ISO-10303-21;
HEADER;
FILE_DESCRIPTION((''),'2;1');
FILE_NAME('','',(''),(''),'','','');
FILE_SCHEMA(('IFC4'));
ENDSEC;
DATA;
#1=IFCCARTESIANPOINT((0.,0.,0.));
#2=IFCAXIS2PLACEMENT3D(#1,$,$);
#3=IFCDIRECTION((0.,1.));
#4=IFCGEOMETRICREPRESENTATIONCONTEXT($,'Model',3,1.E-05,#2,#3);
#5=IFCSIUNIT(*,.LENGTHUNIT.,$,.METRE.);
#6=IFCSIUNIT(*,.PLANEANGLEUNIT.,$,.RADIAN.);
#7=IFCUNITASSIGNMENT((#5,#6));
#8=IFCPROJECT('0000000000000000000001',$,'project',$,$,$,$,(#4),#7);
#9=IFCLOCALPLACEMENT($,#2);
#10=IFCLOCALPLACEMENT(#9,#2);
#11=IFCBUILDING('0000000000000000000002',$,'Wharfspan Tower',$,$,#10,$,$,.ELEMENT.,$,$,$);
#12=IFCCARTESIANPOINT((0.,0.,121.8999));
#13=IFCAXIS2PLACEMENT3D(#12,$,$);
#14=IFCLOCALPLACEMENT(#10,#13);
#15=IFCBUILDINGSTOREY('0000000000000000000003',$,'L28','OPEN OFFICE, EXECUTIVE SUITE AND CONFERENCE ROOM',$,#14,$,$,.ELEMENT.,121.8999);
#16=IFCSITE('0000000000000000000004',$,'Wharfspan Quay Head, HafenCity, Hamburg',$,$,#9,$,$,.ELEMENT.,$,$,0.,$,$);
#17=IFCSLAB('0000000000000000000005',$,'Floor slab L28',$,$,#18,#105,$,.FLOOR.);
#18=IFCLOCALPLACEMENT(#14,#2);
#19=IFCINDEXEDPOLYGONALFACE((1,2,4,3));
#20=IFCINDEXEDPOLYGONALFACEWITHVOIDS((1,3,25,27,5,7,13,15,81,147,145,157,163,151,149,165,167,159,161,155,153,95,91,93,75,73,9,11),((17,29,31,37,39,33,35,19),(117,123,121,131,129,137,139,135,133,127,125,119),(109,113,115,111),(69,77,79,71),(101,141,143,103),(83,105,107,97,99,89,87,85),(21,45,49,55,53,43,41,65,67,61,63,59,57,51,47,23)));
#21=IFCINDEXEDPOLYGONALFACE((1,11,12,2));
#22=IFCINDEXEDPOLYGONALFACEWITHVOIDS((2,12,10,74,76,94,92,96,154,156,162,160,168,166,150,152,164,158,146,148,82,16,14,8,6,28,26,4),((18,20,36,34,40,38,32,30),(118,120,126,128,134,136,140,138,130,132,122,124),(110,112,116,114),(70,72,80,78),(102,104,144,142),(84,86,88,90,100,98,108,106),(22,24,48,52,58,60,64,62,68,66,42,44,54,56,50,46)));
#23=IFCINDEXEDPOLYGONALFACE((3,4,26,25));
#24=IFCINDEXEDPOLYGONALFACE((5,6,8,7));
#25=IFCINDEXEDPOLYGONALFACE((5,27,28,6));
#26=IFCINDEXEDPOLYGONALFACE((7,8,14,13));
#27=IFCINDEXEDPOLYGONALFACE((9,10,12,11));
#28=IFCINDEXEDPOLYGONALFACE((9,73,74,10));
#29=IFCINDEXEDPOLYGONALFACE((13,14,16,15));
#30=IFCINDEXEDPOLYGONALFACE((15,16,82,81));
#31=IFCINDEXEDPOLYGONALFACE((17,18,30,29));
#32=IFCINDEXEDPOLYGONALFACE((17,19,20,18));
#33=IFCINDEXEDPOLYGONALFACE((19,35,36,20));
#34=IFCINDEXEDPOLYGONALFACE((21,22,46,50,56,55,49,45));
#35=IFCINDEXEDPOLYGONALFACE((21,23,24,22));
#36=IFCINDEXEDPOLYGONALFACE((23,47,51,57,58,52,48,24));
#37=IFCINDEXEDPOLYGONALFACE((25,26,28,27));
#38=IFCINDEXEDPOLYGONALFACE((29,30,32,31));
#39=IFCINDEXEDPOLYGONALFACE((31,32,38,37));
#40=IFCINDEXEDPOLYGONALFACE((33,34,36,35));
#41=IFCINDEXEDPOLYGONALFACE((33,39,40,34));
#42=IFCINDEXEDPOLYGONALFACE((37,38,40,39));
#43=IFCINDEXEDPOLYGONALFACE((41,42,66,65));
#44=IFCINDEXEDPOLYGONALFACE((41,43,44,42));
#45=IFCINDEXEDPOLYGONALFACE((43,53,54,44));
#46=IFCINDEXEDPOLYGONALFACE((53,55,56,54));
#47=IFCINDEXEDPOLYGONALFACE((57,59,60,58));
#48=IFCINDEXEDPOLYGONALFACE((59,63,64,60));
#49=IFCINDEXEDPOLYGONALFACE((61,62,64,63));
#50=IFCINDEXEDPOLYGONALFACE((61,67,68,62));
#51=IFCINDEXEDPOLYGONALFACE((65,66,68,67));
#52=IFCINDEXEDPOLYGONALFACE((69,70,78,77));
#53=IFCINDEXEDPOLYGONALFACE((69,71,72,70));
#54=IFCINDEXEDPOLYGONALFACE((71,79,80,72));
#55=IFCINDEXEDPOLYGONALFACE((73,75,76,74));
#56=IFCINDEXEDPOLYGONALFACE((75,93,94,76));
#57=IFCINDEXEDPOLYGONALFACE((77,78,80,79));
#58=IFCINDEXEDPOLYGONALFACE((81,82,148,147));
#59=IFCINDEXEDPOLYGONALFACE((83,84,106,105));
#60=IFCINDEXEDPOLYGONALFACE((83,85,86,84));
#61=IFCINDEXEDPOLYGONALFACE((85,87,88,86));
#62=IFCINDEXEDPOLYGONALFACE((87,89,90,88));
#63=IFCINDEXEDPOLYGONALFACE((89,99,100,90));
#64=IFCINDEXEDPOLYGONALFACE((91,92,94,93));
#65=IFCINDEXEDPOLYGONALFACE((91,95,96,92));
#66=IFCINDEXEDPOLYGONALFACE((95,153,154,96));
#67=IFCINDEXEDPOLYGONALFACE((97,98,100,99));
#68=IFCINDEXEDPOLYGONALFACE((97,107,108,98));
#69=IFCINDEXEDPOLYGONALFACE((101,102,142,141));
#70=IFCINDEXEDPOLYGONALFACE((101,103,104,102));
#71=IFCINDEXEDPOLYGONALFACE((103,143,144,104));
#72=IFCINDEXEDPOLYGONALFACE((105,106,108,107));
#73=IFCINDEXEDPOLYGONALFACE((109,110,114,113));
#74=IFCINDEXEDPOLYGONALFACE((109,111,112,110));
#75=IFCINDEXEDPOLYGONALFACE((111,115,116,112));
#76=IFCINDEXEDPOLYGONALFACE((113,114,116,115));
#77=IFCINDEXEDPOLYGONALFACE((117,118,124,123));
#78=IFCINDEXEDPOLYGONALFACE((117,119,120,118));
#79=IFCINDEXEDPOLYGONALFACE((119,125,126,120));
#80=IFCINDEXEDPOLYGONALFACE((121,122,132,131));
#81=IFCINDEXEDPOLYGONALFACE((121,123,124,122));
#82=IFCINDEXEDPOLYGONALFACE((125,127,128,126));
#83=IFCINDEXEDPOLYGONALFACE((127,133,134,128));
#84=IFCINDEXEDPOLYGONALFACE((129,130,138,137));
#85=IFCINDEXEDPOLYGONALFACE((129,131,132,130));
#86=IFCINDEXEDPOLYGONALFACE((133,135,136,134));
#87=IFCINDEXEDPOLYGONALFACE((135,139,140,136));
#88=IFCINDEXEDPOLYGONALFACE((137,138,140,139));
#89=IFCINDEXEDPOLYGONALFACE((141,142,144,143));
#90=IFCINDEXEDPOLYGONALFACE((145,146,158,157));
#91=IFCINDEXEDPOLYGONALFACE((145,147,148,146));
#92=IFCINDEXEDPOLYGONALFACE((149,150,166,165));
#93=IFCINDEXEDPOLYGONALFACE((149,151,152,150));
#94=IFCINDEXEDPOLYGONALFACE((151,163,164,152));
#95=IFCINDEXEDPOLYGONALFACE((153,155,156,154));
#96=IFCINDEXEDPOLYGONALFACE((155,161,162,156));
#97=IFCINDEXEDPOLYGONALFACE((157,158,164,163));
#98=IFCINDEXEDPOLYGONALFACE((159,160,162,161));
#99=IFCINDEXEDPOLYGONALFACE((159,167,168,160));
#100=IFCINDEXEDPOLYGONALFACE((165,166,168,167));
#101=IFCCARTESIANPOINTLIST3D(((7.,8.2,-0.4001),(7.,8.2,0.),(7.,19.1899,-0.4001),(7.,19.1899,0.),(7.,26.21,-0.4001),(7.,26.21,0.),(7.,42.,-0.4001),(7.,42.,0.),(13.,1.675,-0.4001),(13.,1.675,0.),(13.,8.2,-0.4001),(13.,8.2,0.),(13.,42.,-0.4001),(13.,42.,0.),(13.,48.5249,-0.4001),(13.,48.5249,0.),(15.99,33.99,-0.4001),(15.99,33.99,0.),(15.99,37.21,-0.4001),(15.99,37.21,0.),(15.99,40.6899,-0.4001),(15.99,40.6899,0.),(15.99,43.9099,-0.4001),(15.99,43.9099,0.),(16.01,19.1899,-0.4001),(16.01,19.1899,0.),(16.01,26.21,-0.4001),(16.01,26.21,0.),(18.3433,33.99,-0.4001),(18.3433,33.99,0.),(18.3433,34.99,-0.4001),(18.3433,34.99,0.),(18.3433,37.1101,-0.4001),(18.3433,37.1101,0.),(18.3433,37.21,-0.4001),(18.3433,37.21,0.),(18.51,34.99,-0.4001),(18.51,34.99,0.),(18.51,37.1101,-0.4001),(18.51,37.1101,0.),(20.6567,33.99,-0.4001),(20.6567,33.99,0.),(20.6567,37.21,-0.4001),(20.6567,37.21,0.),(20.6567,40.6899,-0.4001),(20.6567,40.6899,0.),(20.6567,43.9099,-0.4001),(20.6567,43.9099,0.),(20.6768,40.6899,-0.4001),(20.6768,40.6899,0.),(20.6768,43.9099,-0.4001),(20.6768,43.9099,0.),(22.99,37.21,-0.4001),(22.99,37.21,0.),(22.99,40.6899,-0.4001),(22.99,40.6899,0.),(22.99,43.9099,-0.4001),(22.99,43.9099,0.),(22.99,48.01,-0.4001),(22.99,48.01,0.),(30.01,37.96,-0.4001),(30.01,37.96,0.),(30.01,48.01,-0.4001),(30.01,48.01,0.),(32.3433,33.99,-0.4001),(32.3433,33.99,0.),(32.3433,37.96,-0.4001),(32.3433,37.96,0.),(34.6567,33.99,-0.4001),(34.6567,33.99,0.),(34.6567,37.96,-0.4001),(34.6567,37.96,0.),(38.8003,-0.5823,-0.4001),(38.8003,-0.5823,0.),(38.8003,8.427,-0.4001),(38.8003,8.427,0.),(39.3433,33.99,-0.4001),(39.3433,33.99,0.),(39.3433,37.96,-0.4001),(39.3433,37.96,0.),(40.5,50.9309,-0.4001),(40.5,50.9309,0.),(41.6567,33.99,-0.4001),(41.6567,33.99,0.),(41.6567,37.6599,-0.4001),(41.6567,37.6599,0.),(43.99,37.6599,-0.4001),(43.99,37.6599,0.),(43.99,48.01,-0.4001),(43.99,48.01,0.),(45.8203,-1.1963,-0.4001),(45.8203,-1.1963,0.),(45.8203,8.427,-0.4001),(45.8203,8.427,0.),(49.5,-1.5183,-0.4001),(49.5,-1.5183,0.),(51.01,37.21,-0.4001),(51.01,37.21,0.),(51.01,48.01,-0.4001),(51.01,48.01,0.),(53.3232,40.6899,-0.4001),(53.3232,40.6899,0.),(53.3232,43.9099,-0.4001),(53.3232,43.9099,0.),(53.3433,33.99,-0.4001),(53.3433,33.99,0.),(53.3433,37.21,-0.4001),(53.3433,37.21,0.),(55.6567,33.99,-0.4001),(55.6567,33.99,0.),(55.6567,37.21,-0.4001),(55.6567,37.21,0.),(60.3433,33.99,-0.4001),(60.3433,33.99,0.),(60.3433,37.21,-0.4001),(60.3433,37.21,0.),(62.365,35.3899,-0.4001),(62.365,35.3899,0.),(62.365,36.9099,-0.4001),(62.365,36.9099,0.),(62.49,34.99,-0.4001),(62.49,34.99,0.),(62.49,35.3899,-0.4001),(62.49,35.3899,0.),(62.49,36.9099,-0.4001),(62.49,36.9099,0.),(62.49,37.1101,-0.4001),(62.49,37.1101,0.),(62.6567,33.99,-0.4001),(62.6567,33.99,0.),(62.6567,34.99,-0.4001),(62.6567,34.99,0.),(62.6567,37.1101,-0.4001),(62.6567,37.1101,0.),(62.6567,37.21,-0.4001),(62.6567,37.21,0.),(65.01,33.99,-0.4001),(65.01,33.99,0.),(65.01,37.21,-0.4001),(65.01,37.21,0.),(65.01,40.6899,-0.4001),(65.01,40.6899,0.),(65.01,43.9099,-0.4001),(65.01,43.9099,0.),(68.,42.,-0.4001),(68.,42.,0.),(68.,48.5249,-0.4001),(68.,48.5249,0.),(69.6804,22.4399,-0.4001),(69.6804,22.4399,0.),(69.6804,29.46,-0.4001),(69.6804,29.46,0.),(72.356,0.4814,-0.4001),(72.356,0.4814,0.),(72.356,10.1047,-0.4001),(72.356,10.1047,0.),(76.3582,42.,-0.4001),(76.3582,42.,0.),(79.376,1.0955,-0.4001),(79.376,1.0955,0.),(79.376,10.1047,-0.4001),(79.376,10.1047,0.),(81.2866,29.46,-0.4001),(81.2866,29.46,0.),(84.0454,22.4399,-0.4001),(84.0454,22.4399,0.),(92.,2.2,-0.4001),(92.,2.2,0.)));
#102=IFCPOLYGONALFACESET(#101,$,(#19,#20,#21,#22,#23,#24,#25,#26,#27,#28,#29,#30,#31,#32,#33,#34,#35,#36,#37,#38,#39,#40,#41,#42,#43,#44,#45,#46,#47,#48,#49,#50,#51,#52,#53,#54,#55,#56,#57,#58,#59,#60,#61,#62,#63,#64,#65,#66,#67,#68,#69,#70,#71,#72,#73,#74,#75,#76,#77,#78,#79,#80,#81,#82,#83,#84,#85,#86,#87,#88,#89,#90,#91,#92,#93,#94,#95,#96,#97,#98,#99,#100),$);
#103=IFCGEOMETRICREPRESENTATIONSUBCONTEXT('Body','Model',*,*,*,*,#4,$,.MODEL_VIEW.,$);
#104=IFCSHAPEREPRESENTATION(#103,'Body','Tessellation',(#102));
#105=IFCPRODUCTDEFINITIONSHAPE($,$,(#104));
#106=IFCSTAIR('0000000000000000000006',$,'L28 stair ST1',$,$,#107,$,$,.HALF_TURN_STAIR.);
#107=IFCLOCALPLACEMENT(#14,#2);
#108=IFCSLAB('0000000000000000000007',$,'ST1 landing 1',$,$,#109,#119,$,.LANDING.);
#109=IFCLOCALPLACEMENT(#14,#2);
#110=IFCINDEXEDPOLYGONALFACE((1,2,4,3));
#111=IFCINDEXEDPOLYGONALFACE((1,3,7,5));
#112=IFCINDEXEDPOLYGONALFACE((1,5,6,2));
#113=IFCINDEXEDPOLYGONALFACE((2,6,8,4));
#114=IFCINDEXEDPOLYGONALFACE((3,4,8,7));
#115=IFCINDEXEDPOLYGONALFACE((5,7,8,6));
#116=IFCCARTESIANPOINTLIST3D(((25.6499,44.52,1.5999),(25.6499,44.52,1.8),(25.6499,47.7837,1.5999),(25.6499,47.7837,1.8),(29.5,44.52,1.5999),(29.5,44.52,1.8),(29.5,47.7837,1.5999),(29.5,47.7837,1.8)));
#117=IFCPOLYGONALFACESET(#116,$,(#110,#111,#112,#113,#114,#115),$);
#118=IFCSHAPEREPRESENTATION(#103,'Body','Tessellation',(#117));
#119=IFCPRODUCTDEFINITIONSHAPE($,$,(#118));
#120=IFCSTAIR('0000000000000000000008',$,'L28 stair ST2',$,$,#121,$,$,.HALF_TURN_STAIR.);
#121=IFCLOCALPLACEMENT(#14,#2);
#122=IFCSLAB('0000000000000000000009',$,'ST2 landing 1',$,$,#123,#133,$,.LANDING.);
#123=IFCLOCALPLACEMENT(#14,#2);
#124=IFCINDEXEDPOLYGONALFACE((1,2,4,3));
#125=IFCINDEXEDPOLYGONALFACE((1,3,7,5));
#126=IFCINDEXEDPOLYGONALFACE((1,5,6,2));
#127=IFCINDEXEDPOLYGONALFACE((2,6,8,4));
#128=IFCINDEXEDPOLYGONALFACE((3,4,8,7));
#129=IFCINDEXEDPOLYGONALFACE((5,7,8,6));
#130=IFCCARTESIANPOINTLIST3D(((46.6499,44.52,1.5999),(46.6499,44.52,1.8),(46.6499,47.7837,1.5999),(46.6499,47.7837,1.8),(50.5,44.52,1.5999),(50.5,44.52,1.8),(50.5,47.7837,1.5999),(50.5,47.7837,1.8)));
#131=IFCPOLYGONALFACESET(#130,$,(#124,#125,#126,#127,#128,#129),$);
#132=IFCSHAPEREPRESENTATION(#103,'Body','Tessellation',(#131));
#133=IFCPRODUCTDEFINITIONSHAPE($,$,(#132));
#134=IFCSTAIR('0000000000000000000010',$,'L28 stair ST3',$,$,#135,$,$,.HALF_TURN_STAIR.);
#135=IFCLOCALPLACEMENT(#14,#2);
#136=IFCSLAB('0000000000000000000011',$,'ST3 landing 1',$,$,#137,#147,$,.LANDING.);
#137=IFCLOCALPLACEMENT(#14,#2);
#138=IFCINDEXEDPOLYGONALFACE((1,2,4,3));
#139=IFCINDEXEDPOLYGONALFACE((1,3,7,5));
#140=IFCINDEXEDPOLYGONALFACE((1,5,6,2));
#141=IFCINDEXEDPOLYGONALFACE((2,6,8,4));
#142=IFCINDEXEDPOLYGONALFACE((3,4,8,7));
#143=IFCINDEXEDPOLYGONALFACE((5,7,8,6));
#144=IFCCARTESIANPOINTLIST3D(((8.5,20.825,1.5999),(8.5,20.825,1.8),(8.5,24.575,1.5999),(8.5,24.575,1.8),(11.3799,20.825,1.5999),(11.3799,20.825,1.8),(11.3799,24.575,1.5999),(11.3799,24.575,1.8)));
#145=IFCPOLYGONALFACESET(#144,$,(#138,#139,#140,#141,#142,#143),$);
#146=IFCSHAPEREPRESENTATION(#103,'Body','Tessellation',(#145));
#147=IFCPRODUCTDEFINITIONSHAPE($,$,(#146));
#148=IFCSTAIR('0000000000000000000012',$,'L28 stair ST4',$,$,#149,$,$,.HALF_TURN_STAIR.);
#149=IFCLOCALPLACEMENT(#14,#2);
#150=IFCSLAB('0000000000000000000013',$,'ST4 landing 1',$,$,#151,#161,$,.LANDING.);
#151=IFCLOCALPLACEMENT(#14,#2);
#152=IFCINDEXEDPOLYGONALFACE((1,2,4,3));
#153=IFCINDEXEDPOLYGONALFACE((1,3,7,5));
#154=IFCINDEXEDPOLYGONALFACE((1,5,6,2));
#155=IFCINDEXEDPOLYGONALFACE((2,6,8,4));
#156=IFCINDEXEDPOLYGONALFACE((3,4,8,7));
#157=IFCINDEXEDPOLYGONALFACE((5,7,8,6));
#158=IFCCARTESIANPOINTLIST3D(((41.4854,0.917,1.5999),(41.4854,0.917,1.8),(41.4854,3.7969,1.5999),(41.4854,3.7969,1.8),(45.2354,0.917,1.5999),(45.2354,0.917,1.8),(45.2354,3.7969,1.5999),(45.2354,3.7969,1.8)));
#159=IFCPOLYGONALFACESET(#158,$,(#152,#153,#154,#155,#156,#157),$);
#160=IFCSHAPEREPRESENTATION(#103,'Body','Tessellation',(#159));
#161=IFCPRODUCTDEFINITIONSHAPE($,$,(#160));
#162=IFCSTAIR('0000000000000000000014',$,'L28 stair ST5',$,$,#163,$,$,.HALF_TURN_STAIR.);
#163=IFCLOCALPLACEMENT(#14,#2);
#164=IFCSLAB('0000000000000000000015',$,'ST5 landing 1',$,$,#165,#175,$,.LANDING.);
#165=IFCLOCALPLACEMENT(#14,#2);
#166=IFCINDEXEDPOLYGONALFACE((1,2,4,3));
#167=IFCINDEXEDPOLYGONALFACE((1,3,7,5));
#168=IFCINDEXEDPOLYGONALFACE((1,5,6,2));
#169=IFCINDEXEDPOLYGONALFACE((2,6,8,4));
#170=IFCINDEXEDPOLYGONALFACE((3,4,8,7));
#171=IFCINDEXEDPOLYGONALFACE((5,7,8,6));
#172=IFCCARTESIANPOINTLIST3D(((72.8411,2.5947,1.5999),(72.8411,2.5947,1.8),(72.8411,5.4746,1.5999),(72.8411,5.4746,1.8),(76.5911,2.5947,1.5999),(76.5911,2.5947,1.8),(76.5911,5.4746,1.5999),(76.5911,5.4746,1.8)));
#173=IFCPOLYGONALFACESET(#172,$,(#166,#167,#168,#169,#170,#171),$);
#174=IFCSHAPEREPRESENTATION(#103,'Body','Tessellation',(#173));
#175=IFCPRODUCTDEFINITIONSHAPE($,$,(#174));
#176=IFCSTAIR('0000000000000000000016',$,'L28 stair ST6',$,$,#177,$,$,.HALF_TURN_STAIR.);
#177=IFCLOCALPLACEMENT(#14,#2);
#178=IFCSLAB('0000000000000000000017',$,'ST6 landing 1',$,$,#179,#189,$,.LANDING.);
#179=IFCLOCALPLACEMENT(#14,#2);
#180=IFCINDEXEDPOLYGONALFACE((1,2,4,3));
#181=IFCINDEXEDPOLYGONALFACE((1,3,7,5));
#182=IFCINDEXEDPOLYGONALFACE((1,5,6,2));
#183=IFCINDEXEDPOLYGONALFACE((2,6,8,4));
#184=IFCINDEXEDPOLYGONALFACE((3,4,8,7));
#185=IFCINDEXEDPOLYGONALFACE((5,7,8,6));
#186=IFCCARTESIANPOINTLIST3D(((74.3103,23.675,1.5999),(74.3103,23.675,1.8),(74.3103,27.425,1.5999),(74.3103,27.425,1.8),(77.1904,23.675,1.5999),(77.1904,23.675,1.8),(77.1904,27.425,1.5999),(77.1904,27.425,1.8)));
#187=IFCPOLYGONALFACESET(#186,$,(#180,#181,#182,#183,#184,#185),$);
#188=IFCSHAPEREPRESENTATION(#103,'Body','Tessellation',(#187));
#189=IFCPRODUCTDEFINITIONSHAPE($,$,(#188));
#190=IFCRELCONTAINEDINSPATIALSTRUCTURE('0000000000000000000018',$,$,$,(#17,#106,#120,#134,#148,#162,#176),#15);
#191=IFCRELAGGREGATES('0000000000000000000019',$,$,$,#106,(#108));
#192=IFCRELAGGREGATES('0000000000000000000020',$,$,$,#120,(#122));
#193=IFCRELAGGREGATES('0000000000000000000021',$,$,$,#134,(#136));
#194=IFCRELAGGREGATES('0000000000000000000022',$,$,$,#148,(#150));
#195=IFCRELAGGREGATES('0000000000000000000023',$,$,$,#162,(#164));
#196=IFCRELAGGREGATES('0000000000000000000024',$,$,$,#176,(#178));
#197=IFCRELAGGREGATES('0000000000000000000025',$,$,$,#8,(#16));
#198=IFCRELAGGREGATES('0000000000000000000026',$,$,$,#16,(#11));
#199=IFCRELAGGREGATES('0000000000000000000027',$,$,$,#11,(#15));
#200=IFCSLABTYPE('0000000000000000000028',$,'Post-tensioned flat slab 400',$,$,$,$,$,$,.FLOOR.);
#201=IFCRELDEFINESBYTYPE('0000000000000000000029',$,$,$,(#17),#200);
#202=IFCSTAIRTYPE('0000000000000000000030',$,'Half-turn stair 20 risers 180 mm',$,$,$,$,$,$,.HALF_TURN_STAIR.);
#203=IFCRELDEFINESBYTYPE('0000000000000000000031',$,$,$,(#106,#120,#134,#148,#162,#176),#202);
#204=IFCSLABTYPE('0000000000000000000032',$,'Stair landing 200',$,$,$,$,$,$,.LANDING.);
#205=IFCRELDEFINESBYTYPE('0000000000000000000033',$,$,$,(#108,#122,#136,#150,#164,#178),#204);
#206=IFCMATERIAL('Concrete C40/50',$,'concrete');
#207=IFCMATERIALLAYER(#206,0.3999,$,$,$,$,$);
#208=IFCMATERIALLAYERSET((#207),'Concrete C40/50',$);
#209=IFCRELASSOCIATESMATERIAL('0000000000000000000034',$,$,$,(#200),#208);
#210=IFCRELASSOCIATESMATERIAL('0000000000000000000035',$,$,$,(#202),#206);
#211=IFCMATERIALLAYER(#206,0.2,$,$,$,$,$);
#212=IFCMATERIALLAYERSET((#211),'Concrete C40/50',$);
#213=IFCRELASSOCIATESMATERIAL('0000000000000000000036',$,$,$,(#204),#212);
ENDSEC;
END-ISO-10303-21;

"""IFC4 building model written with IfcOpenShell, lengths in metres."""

from ifc_helpers import new_model, si_unit, direction, frame, origin, place, context, subcontext, project, spatial, polyline, outline, extrude, material, layer, layer_set, type_object, element, aggregate, save


model = new_model("IFC4")

# Units and contexts
model_context = context("Model", 3, precision=1e-05, world=origin(), true_north=direction((0.0, 1.0)))
body_context = subcontext(model_context, "Body", "Model", "MODEL_VIEW")
ifc_project = project(units=[si_unit("LENGTHUNIT", "METRE"), si_unit("PLANEANGLEUNIT", "RADIAN")], contexts=[model_context])

# Site, building, storey
site_placement = place(None, origin())
site = spatial("IfcSite", under=ifc_project, at=site_placement, Name="Wharfspan Quay Head, HafenCity, Hamburg", CompositionType="ELEMENT", RefElevation=0.0)
building_placement = place(site_placement, origin())
building = spatial("IfcBuilding", under=site, at=building_placement, Name="Wharfspan Tower", CompositionType="ELEMENT")
storey_placement = place(building_placement, frame((0.0, 0.0, 121.8999)))
storey = spatial("IfcBuildingStorey", under=building, at=storey_placement, Name="L28", Description="OPEN OFFICE, EXECUTIVE SUITE AND CONFERENCE ROOM", CompositionType="ELEMENT", Elevation=121.8999)

# Slab
ifc_material_1 = material(Name="Concrete C40/50", Category="concrete")
ifc_layer_1 = layer(ifc_material_1, 0.3999)
ifc_layer_set_1 = layer_set([ifc_layer_1], Name="Concrete C40/50")
slab_type_1 = type_object("IfcSlabType", Name="Post-tensioned flat slab 400", PredefinedType="FLOOR", material=ifc_layer_set_1)
slab_1_placement = place(storey_placement, frame((0.0, 0.0, -0.4001)))
element("IfcSlab", 1, at=slab_1_placement, inside=storey, type_object=slab_type_1, Name="Floor slab L28", PredefinedType="FLOOR", context=body_context, shape_type="SweptSolid", body=[
    extrude(outline(polyline([(38.8003, -0.5823), (38.8003, 8.427), (45.8203, 8.427), (45.8203, -1.1963), (49.5, -1.5183), (72.356, 0.4814), (72.356, 10.1047), (79.376, 10.1047), (79.376, 1.0955), (92.0, 2.2), (84.0454, 22.4399), (69.6804, 22.4399), (69.6804, 29.46), (81.2866, 29.46), (76.3582, 42.0), (68.0, 42.0), (68.0, 48.5249), (40.5, 50.9309), (13.0, 48.5249), (13.0, 42.0), (7.0, 42.0), (7.0, 26.21), (16.01, 26.21), (16.01, 19.1899), (7.0, 19.1899), (7.0, 8.2), (13.0, 8.2), (13.0, 1.675), (38.8003, -0.5823)]), holes=[polyline([(62.49, 35.3899), (62.365, 35.3899), (62.365, 36.9099), (62.49, 36.9099), (62.49, 37.1101), (62.6567, 37.1101), (62.6567, 37.21), (65.01, 37.21), (65.01, 33.99), (62.6567, 33.99), (62.6567, 34.99), (62.49, 34.99), (62.49, 35.3899)]), polyline([(65.01, 43.9099), (65.01, 40.6899), (53.3232, 40.6899), (53.3232, 43.9099), (65.01, 43.9099)]), polyline([(55.6567, 33.99), (55.6567, 37.21), (60.3433, 37.21), (60.3433, 33.99), (55.6567, 33.99)]), polyline([(43.99, 37.6599), (43.99, 48.01), (51.01, 48.01), (51.01, 37.21), (53.3433, 37.21), (53.3433, 33.99), (41.6567, 33.99), (41.6567, 37.6599), (43.99, 37.6599)]), polyline([(34.6567, 33.99), (34.6567, 37.96), (39.3433, 37.96), (39.3433, 33.99), (34.6567, 33.99)]), polyline([(20.6567, 37.21), (22.99, 37.21), (22.99, 40.6899), (20.6768, 40.6899), (20.6567, 40.6899), (15.99, 40.6899), (15.99, 43.9099), (20.6567, 43.9099), (20.6768, 43.9099), (22.99, 43.9099), (22.99, 48.01), (30.01, 48.01), (30.01, 37.96), (32.3433, 37.96), (32.3433, 33.99), (20.6567, 33.99), (20.6567, 37.21)]), polyline([(18.51, 34.99), (18.3433, 34.99), (18.3433, 33.99), (15.99, 33.99), (15.99, 37.21), (18.3433, 37.21), (18.3433, 37.1101), (18.51, 37.1101), (18.51, 34.99)])]), origin(), (0.0, 0.0, 1.0), 0.4001),
])

# Stairs, slabs
stair_type = type_object("IfcStairType", Name="Half-turn stair 20 risers 180 mm", PredefinedType="HALF_TURN_STAIR", material=ifc_material_1)
stair_1_placement = place(storey_placement, origin())
stair_1 = element("IfcStair", 2, at=stair_1_placement, inside=storey, type_object=stair_type, Name="L28 stair ST1", PredefinedType="HALF_TURN_STAIR")
ifc_layer_2 = layer(ifc_material_1, 0.2)
ifc_layer_set_2 = layer_set([ifc_layer_2], Name="Concrete C40/50")
slab_type_2 = type_object("IfcSlabType", Name="Stair landing 200", PredefinedType="LANDING", material=ifc_layer_set_2)
slab_2_placement = place(storey_placement, frame((0.0, 0.0, 1.5999)))
slab_2 = element("IfcSlab", 3, at=slab_2_placement, type_object=slab_type_2, Name="ST1 landing 1", PredefinedType="LANDING", context=body_context, shape_type="SweptSolid", body=[
    extrude(outline(polyline([(25.6499, 44.52), (29.5, 44.52), (29.5, 47.7837), (25.6499, 47.7837), (25.6499, 44.52)])), origin(), (0.0, 0.0, 1.0), 0.2002),
])
aggregate(stair_1, [slab_2])
stair_2_placement = place(storey_placement, origin())
stair_2 = element("IfcStair", 4, at=stair_2_placement, inside=storey, type_object=stair_type, Name="L28 stair ST2", PredefinedType="HALF_TURN_STAIR")
slab_3_placement = place(storey_placement, frame((0.0, 0.0, 1.5999)))
slab_3 = element("IfcSlab", 5, at=slab_3_placement, type_object=slab_type_2, Name="ST2 landing 1", PredefinedType="LANDING", context=body_context, shape_type="SweptSolid", body=[
    extrude(outline(polyline([(46.6499, 44.52), (50.5, 44.52), (50.5, 47.7837), (46.6499, 47.7837), (46.6499, 44.52)])), origin(), (0.0, 0.0, 1.0), 0.2002),
])
aggregate(stair_2, [slab_3])
stair_3_placement = place(storey_placement, origin())
stair_3 = element("IfcStair", 6, at=stair_3_placement, inside=storey, type_object=stair_type, Name="L28 stair ST3", PredefinedType="HALF_TURN_STAIR")
slab_4_placement = place(storey_placement, frame((0.0, 0.0, 1.5999)))
slab_4 = element("IfcSlab", 7, at=slab_4_placement, type_object=slab_type_2, Name="ST3 landing 1", PredefinedType="LANDING", context=body_context, shape_type="SweptSolid", body=[
    extrude(outline(polyline([(11.3799, 24.575), (8.5, 24.575), (8.5, 20.825), (11.3799, 20.825), (11.3799, 24.575)])), origin(), (0.0, 0.0, 1.0), 0.2002),
])
aggregate(stair_3, [slab_4])
stair_4_placement = place(storey_placement, origin())
stair_4 = element("IfcStair", 8, at=stair_4_placement, inside=storey, type_object=stair_type, Name="L28 stair ST4", PredefinedType="HALF_TURN_STAIR")
slab_5_placement = place(storey_placement, frame((0.0, 0.0, 1.5999)))
slab_5 = element("IfcSlab", 9, at=slab_5_placement, type_object=slab_type_2, Name="ST4 landing 1", PredefinedType="LANDING", context=body_context, shape_type="SweptSolid", body=[
    extrude(outline(polyline([(41.4854, 3.7969), (41.4854, 0.917), (45.2354, 0.917), (45.2354, 3.7969), (41.4854, 3.7969)])), origin(), (0.0, 0.0, 1.0), 0.2002),
])
aggregate(stair_4, [slab_5])
stair_5_placement = place(storey_placement, origin())
stair_5 = element("IfcStair", 10, at=stair_5_placement, inside=storey, type_object=stair_type, Name="L28 stair ST5", PredefinedType="HALF_TURN_STAIR")
slab_6_placement = place(storey_placement, frame((0.0, 0.0, 1.5999)))
slab_6 = element("IfcSlab", 11, at=slab_6_placement, type_object=slab_type_2, Name="ST5 landing 1", PredefinedType="LANDING", context=body_context, shape_type="SweptSolid", body=[
    extrude(outline(polyline([(72.8411, 5.4746), (72.8411, 2.5947), (76.5911, 2.5947), (76.5911, 5.4746), (72.8411, 5.4746)])), origin(), (0.0, 0.0, 1.0), 0.2002),
])
aggregate(stair_5, [slab_6])
stair_6_placement = place(storey_placement, origin())
stair_6 = element("IfcStair", 12, at=stair_6_placement, inside=storey, type_object=stair_type, Name="L28 stair ST6", PredefinedType="HALF_TURN_STAIR")
slab_7_placement = place(storey_placement, frame((0.0, 0.0, 1.5999)))
slab_7 = element("IfcSlab", 13, at=slab_7_placement, type_object=slab_type_2, Name="ST6 landing 1", PredefinedType="LANDING", context=body_context, shape_type="SweptSolid", body=[
    extrude(outline(polyline([(74.3103, 23.675), (77.1904, 23.675), (77.1904, 27.425), (74.3103, 27.425), (74.3103, 23.675)])), origin(), (0.0, 0.0, 1.0), 0.2002),
])
aggregate(stair_6, [slab_7])

save(model, "model.ifc")
